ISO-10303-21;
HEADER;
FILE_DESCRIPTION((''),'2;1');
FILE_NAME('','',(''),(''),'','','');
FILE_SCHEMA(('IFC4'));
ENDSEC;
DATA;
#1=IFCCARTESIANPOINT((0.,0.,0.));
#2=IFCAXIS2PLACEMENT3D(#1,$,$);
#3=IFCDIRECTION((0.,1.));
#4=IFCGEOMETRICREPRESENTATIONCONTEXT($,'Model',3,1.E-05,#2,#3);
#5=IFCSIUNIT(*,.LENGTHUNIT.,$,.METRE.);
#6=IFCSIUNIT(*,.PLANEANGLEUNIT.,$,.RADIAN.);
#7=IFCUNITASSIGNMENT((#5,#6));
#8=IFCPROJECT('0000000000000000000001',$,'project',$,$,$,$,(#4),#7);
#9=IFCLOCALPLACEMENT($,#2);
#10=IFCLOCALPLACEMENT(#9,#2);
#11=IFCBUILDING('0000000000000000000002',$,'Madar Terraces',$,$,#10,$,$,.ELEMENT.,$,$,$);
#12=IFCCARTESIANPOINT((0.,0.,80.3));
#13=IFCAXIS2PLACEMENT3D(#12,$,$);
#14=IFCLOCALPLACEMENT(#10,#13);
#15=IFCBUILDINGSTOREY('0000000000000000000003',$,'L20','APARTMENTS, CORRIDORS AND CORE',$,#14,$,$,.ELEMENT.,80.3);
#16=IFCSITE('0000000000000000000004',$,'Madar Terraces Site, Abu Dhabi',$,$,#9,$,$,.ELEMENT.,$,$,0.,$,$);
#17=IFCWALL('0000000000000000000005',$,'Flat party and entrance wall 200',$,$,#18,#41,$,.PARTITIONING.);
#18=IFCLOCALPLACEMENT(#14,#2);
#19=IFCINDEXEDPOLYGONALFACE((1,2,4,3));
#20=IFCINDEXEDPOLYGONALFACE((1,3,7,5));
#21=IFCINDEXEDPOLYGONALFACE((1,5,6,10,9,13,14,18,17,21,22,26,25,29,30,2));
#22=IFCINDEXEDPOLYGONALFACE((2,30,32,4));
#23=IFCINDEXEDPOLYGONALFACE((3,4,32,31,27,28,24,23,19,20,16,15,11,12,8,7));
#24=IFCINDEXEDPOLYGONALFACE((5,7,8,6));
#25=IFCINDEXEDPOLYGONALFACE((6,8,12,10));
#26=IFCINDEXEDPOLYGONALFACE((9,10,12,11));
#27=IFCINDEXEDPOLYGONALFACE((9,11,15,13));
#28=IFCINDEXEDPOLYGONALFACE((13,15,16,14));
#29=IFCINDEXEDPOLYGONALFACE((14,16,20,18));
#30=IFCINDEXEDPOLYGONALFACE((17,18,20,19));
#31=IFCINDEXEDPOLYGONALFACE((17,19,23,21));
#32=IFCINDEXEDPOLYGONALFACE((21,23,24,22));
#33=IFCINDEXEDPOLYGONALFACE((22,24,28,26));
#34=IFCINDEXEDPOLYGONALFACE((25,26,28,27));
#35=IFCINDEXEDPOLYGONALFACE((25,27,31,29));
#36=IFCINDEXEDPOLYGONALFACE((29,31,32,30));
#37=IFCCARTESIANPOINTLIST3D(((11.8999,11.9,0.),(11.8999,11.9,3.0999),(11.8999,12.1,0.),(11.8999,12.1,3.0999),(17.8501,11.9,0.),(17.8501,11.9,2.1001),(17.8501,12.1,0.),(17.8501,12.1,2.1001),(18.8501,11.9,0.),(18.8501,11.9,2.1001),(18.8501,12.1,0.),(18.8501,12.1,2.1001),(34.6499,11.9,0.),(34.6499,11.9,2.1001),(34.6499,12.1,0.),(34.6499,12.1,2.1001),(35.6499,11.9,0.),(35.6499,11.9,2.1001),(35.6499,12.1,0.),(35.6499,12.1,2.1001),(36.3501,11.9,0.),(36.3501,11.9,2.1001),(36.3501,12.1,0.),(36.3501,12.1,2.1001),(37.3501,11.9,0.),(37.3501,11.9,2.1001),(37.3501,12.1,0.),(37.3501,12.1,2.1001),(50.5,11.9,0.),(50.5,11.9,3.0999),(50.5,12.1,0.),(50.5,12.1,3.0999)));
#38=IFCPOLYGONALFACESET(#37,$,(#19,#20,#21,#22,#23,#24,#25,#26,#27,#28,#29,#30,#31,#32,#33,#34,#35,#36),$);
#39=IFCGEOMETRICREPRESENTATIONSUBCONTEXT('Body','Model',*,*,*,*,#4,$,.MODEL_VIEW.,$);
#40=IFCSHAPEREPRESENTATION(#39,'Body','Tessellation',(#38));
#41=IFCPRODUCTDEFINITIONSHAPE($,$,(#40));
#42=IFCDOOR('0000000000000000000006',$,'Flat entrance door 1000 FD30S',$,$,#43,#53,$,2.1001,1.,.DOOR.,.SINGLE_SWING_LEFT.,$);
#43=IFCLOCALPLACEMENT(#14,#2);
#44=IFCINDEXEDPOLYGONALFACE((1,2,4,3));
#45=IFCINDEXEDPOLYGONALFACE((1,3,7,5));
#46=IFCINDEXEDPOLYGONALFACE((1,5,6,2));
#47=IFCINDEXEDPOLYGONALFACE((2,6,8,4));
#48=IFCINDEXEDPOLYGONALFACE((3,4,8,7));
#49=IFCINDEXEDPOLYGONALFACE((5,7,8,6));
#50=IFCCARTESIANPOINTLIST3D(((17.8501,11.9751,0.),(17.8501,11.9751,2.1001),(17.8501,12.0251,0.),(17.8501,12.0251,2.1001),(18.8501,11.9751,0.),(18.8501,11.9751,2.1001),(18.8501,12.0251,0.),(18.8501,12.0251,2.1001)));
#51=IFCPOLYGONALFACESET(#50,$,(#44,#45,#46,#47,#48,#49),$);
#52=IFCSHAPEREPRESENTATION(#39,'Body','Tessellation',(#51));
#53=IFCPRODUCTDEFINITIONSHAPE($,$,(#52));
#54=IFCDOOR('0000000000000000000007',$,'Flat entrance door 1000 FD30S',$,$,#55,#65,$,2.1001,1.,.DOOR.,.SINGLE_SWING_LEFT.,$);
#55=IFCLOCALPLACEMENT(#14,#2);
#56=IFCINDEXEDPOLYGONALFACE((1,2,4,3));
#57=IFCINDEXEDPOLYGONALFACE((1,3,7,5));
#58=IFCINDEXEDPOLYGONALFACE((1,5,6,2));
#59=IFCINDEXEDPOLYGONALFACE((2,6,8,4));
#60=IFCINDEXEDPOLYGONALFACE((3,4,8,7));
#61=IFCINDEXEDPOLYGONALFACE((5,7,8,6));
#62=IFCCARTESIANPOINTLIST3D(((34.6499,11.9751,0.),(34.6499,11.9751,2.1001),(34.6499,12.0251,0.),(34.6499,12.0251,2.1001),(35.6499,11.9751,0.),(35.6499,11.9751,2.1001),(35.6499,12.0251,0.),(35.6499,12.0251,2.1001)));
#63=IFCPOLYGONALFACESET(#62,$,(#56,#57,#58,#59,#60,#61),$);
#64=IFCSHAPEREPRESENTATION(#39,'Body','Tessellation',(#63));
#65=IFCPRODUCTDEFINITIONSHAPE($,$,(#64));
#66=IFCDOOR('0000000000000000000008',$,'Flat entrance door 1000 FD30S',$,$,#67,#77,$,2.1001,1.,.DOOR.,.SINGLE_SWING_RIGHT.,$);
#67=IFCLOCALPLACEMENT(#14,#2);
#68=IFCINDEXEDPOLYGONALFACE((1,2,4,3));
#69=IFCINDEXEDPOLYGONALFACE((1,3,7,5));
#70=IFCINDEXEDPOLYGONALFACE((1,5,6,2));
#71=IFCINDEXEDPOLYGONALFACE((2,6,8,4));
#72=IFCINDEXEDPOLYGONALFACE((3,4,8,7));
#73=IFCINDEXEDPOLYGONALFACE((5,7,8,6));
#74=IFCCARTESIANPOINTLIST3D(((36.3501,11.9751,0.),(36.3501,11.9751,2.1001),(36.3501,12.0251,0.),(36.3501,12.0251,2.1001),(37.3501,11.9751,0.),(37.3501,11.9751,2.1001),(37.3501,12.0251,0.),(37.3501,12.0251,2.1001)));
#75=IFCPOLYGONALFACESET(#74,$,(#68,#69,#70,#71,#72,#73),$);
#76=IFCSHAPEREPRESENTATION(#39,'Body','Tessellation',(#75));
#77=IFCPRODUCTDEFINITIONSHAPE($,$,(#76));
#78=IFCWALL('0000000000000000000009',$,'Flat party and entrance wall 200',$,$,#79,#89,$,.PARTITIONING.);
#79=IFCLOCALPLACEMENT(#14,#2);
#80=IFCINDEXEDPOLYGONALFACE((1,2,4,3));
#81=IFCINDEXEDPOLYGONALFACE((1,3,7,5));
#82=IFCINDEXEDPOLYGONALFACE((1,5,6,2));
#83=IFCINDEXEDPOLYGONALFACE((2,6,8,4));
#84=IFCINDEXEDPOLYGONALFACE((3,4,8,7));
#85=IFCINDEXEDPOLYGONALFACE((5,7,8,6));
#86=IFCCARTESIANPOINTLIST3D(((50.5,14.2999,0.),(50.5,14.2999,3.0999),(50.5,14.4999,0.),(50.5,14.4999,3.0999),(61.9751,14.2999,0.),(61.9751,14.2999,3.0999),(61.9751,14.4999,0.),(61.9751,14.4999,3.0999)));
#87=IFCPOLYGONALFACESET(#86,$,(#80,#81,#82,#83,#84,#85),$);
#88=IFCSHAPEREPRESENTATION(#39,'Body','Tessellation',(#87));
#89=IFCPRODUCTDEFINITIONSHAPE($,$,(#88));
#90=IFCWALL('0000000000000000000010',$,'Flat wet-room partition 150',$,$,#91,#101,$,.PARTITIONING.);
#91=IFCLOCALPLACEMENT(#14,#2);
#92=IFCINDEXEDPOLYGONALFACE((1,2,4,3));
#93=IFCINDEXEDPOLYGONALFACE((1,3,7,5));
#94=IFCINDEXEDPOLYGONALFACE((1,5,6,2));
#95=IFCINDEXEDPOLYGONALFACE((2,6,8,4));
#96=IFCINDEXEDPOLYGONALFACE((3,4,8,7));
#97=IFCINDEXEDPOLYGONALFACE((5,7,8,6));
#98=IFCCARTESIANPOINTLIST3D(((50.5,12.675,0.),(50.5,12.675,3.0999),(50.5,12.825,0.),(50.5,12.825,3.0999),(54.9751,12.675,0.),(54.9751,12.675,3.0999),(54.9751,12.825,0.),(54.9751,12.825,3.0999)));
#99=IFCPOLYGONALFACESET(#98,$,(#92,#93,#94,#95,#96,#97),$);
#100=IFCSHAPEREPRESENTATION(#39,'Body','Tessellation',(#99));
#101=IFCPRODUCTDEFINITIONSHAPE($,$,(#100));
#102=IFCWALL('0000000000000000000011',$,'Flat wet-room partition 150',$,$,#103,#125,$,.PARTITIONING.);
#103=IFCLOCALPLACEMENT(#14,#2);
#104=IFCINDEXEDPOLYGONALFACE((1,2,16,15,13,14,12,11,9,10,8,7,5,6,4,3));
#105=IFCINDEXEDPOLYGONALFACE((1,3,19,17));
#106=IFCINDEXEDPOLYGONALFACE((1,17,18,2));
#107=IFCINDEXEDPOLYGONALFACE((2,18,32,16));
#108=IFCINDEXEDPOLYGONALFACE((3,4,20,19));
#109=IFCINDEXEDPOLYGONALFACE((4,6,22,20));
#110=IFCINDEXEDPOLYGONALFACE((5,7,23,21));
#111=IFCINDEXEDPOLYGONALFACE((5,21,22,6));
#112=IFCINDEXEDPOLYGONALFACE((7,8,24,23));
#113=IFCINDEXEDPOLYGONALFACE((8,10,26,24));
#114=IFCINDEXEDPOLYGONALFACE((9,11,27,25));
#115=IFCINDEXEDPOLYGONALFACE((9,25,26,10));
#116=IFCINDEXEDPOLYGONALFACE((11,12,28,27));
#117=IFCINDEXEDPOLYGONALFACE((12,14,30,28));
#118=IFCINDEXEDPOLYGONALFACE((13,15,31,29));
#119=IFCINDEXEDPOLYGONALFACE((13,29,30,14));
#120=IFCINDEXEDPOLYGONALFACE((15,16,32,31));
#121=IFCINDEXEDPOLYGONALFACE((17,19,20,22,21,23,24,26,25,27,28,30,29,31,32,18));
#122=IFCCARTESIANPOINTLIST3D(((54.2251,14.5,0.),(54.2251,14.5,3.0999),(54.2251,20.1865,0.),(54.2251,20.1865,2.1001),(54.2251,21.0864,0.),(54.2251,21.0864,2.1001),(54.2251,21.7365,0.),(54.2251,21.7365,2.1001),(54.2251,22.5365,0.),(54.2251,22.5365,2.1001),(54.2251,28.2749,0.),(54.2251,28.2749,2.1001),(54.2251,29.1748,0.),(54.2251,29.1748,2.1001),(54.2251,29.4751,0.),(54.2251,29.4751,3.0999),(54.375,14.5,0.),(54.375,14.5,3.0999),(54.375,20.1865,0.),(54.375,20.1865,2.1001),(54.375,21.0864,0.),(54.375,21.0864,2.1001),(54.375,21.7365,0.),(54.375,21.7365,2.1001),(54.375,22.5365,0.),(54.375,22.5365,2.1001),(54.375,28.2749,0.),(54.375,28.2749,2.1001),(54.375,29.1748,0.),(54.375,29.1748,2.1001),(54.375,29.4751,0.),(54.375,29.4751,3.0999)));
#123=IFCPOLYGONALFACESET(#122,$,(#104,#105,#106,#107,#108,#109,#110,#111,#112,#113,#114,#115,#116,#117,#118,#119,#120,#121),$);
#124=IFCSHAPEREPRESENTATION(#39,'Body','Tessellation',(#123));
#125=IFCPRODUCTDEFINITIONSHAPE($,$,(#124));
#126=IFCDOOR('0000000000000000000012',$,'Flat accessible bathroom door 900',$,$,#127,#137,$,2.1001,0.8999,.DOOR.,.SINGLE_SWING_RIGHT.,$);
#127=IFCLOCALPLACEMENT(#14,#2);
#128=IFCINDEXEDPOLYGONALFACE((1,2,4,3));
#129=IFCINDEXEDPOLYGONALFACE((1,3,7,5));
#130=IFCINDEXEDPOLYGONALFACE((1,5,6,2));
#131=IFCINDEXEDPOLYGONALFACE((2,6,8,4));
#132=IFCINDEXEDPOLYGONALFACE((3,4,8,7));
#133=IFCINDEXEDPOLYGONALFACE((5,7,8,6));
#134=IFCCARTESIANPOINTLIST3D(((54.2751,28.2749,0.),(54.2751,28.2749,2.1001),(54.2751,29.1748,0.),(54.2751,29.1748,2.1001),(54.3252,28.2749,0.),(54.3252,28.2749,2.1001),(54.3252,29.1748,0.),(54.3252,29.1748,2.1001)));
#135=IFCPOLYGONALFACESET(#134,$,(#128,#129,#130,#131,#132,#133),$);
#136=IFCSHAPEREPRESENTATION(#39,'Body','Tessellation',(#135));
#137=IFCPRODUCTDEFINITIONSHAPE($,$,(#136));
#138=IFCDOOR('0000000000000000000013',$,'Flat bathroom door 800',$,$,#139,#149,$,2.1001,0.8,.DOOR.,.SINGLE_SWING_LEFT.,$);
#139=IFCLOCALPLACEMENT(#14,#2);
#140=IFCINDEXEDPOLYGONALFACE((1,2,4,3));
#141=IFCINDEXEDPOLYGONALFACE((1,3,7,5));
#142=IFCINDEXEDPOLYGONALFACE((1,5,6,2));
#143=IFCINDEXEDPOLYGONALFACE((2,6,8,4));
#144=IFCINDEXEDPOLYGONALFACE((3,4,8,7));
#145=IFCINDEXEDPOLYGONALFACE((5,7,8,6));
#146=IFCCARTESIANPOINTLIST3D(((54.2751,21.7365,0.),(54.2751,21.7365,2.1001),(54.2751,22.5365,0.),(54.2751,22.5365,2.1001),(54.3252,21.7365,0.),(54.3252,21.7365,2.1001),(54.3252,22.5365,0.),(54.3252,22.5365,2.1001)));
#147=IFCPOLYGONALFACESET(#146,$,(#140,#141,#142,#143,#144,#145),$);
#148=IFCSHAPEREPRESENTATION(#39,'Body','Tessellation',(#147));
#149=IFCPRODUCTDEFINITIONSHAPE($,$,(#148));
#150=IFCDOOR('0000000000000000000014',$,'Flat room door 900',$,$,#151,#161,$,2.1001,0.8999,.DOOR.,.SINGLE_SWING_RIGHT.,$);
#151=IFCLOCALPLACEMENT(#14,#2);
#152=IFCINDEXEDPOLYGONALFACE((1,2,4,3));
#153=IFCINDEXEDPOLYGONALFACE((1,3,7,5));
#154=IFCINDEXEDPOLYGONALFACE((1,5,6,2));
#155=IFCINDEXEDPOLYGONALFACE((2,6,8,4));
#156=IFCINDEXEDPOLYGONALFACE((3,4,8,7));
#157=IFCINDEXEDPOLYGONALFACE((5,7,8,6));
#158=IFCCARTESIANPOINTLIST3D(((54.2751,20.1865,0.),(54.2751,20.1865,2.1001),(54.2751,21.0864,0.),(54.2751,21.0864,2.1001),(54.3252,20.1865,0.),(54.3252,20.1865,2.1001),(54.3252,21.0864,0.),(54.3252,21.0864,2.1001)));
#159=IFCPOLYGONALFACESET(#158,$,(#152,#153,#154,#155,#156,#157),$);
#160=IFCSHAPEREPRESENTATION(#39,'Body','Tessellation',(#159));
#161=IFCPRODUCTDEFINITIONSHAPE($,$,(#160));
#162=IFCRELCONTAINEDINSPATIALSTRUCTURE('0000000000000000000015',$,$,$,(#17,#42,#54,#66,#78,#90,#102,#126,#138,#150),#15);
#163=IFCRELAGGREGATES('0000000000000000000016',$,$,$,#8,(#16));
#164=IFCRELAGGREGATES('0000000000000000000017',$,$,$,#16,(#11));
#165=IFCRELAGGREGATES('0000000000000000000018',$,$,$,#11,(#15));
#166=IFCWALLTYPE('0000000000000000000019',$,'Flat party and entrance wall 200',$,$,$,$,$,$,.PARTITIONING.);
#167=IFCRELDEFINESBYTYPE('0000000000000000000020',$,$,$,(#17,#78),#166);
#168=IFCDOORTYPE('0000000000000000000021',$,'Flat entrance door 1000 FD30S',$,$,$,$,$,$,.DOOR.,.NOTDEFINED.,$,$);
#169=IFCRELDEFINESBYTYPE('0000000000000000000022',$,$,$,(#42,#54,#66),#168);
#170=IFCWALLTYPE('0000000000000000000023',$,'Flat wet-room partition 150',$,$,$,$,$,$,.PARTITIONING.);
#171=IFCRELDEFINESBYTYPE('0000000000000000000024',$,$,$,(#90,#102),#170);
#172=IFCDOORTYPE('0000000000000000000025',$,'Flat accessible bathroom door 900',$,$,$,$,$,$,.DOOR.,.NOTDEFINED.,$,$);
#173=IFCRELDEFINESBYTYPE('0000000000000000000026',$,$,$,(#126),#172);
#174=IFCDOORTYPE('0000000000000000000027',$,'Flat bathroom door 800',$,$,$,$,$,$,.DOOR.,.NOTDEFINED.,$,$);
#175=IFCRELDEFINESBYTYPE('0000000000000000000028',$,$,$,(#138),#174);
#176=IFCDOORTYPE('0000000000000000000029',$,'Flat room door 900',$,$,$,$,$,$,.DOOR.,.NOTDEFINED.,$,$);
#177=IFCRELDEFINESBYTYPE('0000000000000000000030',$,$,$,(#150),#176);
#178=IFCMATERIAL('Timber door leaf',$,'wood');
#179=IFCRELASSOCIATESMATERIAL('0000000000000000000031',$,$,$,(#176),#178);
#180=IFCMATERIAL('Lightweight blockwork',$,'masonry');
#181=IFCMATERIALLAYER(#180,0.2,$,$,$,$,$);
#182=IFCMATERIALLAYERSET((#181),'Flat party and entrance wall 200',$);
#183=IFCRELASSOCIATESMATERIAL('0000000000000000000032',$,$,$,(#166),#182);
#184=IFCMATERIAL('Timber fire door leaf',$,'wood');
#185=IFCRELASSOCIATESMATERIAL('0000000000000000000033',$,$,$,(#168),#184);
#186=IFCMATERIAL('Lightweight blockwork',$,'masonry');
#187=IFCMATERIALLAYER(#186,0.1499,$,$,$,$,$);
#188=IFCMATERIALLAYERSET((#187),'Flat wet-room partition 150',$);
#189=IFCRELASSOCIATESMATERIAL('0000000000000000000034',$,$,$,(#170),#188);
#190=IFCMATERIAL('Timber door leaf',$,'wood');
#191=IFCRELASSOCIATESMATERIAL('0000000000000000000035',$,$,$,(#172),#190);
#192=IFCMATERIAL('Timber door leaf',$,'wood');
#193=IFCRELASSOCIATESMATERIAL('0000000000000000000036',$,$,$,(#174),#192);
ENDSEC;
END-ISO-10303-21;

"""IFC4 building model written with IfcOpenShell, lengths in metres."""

from ifc_helpers import new_model, si_unit, direction, frame, frame_2d, origin, place, context, subcontext, project, spatial, rectangle, extrude, material, layer, layer_set, type_object, element, fill, save


model = new_model("IFC4")

# Units and contexts
model_context = context("Model", 3, precision=1e-05, world=origin(), true_north=direction((0.0, 1.0)))
body_context = subcontext(model_context, "Body", "Model", "MODEL_VIEW")
ifc_project = project(units=[si_unit("LENGTHUNIT", "METRE"), si_unit("PLANEANGLEUNIT", "RADIAN")], contexts=[model_context])

# Site, building, storey
site_placement = place(None, origin())
site = spatial("IfcSite", under=ifc_project, at=site_placement, Name="Madar Terraces Site, Abu Dhabi", CompositionType="ELEMENT", RefElevation=0.0)
building_placement = place(site_placement, origin())
building = spatial("IfcBuilding", under=site, at=building_placement, Name="Madar Terraces", CompositionType="ELEMENT")
storey_placement = place(building_placement, frame((0.0, 0.0, 80.3)))
storey = spatial("IfcBuildingStorey", under=building, at=storey_placement, Name="L20", Description="APARTMENTS, CORRIDORS AND CORE", CompositionType="ELEMENT", Elevation=80.3)

# Wall, openings, doors
ifc_material_1 = material(Name="Timber door leaf", Category="wood")
door_type_1 = type_object("IfcDoorType", Name="Flat room door 900", OperationType="NOTDEFINED", PredefinedType="DOOR", material=ifc_material_1)
ifc_material_2 = material(Name="Lightweight blockwork", Category="masonry")
ifc_layer_1 = layer(ifc_material_2, 0.2)
ifc_layer_set_1 = layer_set([ifc_layer_1], Name="Flat party and entrance wall 200")
wall_type_1 = type_object("IfcWallType", Name="Flat party and entrance wall 200", PredefinedType="PARTITIONING", material=ifc_layer_set_1)
wall_1_placement = place(storey_placement, frame((50.5, 12.0, 0.0), z_axis=(0.0, 0.0, 1.0), x_axis=(-1.0, 0.0, 0.0)))
wall_1 = element("IfcWall", 1, at=wall_1_placement, inside=storey, type_object=wall_type_1, Name="Flat party and entrance wall 200", PredefinedType="PARTITIONING", context=body_context, shape_type="SweptSolid", body=[
    extrude(rectangle(XDim=38.6001, YDim=0.2, at=frame_2d((19.3, 0.0))), origin(), (0.0, 0.0, 1.0), 3.0999),
])
opening_1_placement = place(wall_1_placement, frame((31.6499, 0.0, 0.0)))
opening_1 = element("IfcOpeningElement", 2, at=opening_1_placement, cuts=wall_1, PredefinedType="OPENING", context=body_context, shape_type="SweptSolid", body=[
    extrude(rectangle(XDim=1.0, YDim=2.1001, at=frame_2d((0.5, 1.05))), frame((0.0, 0.1099, 0.0), z_axis=(0.0, -1.0, 0.0), x_axis=(1.0, 0.0, 0.0)), (0.0, 0.0, 1.0), 0.22),
])
opening_2_placement = place(wall_1_placement, frame((14.8501, 0.0, 0.0)))
opening_2 = element("IfcOpeningElement", 3, at=opening_2_placement, cuts=wall_1, PredefinedType="OPENING", context=body_context, shape_type="SweptSolid", body=[
    extrude(rectangle(XDim=1.0, YDim=2.1001, at=frame_2d((0.5, 1.05))), frame((0.0, 0.1099, 0.0), z_axis=(0.0, -1.0, 0.0), x_axis=(1.0, 0.0, 0.0)), (0.0, 0.0, 1.0), 0.22),
])
opening_3_placement = place(wall_1_placement, frame((13.1499, 0.0, 0.0)))
opening_3 = element("IfcOpeningElement", 4, at=opening_3_placement, cuts=wall_1, PredefinedType="OPENING", context=body_context, shape_type="SweptSolid", body=[
    extrude(rectangle(XDim=1.0, YDim=2.1001, at=frame_2d((0.5, 1.05))), frame((0.0, 0.1099, 0.0), z_axis=(0.0, -1.0, 0.0), x_axis=(1.0, 0.0, 0.0)), (0.0, 0.0, 1.0), 0.22),
])
ifc_material_3 = material(Name="Timber fire door leaf", Category="wood")
door_type_2 = type_object("IfcDoorType", Name="Flat entrance door 1000 FD30S", OperationType="NOTDEFINED", PredefinedType="DOOR", material=ifc_material_3)
door_1_placement = place(opening_1_placement, origin())
door_1 = element("IfcDoor", 5, at=door_1_placement, inside=storey, type_object=door_type_2, Name="Flat entrance door 1000 FD30S", OperationType="SINGLE_SWING_LEFT", OverallHeight=2.1001, OverallWidth=1.0, PredefinedType="DOOR", context=body_context, shape_type="SweptSolid", body=[
    extrude(rectangle(XDim=1.0, YDim=2.1001, at=frame_2d((0.5, 1.05))), frame((0.0, 0.0249, 0.0), z_axis=(0.0, -1.0, 0.0), x_axis=(1.0, 0.0, 0.0)), (0.0, 0.0, 1.0), 0.05),
])
fill(opening_1, door_1)
door_2_placement = place(opening_2_placement, origin())
door_2 = element("IfcDoor", 6, at=door_2_placement, inside=storey, type_object=door_type_2, Name="Flat entrance door 1000 FD30S", OperationType="SINGLE_SWING_LEFT", OverallHeight=2.1001, OverallWidth=1.0, PredefinedType="DOOR", context=body_context, shape_type="SweptSolid", body=[
    extrude(rectangle(XDim=1.0, YDim=2.1001, at=frame_2d((0.5, 1.05))), frame((0.0, 0.0249, 0.0), z_axis=(0.0, -1.0, 0.0), x_axis=(1.0, 0.0, 0.0)), (0.0, 0.0, 1.0), 0.05),
])
fill(opening_2, door_2)
door_3_placement = place(opening_3_placement, origin())
door_3 = element("IfcDoor", 7, at=door_3_placement, inside=storey, type_object=door_type_2, Name="Flat entrance door 1000 FD30S", OperationType="SINGLE_SWING_RIGHT", OverallHeight=2.1001, OverallWidth=1.0, PredefinedType="DOOR", context=body_context, shape_type="SweptSolid", body=[
    extrude(rectangle(XDim=1.0, YDim=2.1001, at=frame_2d((0.5, 1.05))), frame((0.0, 0.0249, 0.0), z_axis=(0.0, -1.0, 0.0), x_axis=(1.0, 0.0, 0.0)), (0.0, 0.0, 1.0), 0.05),
])
fill(opening_3, door_3)

# Walls
wall_2_placement = place(storey_placement, frame((50.5, 14.3999, 0.0), z_axis=(0.0, 0.0, 1.0), x_axis=(1.0, 0.0, 0.0)))
element("IfcWall", 8, at=wall_2_placement, inside=storey, type_object=wall_type_1, Name="Flat party and entrance wall 200", PredefinedType="PARTITIONING", context=body_context, shape_type="SweptSolid", body=[
    extrude(rectangle(XDim=11.4751, YDim=0.2, at=frame_2d((5.7375, 0.0))), origin(), (0.0, 0.0, 1.0), 3.0999),
])
ifc_material_4 = material(Name="Lightweight blockwork", Category="masonry")
ifc_layer_2 = layer(ifc_material_4, 0.1499)
ifc_layer_set_2 = layer_set([ifc_layer_2], Name="Flat wet-room partition 150")
wall_type_2 = type_object("IfcWallType", Name="Flat wet-room partition 150", PredefinedType="PARTITIONING", material=ifc_layer_set_2)
wall_3_placement = place(storey_placement, frame((50.5, 12.75, 0.0), z_axis=(0.0, 0.0, 1.0), x_axis=(1.0, 0.0, 0.0)))
element("IfcWall", 9, at=wall_3_placement, inside=storey, type_object=wall_type_2, Name="Flat wet-room partition 150", PredefinedType="PARTITIONING", context=body_context, shape_type="SweptSolid", body=[
    extrude(rectangle(XDim=4.4751, YDim=0.1499, at=frame_2d((2.2375, 0.0))), origin(), (0.0, 0.0, 1.0), 3.0999),
])

# Wall, openings, doors
wall_4_placement = place(storey_placement, frame((54.3, 14.5, 0.0), z_axis=(0.0, 0.0, 1.0), x_axis=(0.0, 1.0, 0.0)))
wall_4 = element("IfcWall", 10, at=wall_4_placement, inside=storey, type_object=wall_type_2, Name="Flat wet-room partition 150", PredefinedType="PARTITIONING", context=body_context, shape_type="SweptSolid", body=[
    extrude(rectangle(XDim=14.9751, YDim=0.1499, at=frame_2d((7.4875, 0.0))), origin(), (0.0, 0.0, 1.0), 3.0999),
])
opening_4_placement = place(wall_4_placement, frame((13.7749, 0.0, 0.0)))
opening_4 = element("IfcOpeningElement", 11, at=opening_4_placement, cuts=wall_4, PredefinedType="OPENING", context=body_context, shape_type="SweptSolid", body=[
    extrude(rectangle(XDim=0.8999, YDim=2.1001, at=frame_2d((0.45, 1.05))), frame((0.0, 0.085, 0.0), z_axis=(0.0, -1.0, 0.0), x_axis=(1.0, 0.0, 0.0)), (0.0, 0.0, 1.0), 0.1699),
])
opening_5_placement = place(wall_4_placement, frame((7.2366, 0.0, 0.0)))
opening_5 = element("IfcOpeningElement", 12, at=opening_5_placement, cuts=wall_4, PredefinedType="OPENING", context=body_context, shape_type="SweptSolid", body=[
    extrude(rectangle(XDim=0.8, YDim=2.1001, at=frame_2d((0.3999, 1.05))), frame((0.0, 0.085, 0.0), z_axis=(0.0, -1.0, 0.0), x_axis=(1.0, 0.0, 0.0)), (0.0, 0.0, 1.0), 0.1699),
])
opening_6_placement = place(wall_4_placement, frame((5.6865, 0.0, 0.0)))
opening_6 = element("IfcOpeningElement", 13, at=opening_6_placement, cuts=wall_4, PredefinedType="OPENING", context=body_context, shape_type="SweptSolid", body=[
    extrude(rectangle(XDim=0.8999, YDim=2.1001, at=frame_2d((0.45, 1.05))), frame((0.0, 0.085, 0.0), z_axis=(0.0, -1.0, 0.0), x_axis=(1.0, 0.0, 0.0)), (0.0, 0.0, 1.0), 0.1699),
])
ifc_material_5 = material(Name="Timber door leaf", Category="wood")
door_type_3 = type_object("IfcDoorType", Name="Flat accessible bathroom door 900", OperationType="NOTDEFINED", PredefinedType="DOOR", material=ifc_material_5)
door_4_placement = place(opening_4_placement, origin())
door_4 = element("IfcDoor", 14, at=door_4_placement, inside=storey, type_object=door_type_3, Name="Flat accessible bathroom door 900", OperationType="SINGLE_SWING_RIGHT", OverallHeight=2.1001, OverallWidth=0.8999, PredefinedType="DOOR", context=body_context, shape_type="SweptSolid", body=[
    extrude(rectangle(XDim=0.8999, YDim=2.1001, at=frame_2d((0.45, 1.05))), frame((0.0, 0.0249, 0.0), z_axis=(0.0, -1.0, 0.0), x_axis=(1.0, 0.0, 0.0)), (0.0, 0.0, 1.0), 0.05),
])
fill(opening_4, door_4)
ifc_material_6 = material(Name="Timber door leaf", Category="wood")
door_type_4 = type_object("IfcDoorType", Name="Flat bathroom door 800", OperationType="NOTDEFINED", PredefinedType="DOOR", material=ifc_material_6)
door_5_placement = place(opening_5_placement, origin())
door_5 = element("IfcDoor", 15, at=door_5_placement, inside=storey, type_object=door_type_4, Name="Flat bathroom door 800", OperationType="SINGLE_SWING_LEFT", OverallHeight=2.1001, OverallWidth=0.8, PredefinedType="DOOR", context=body_context, shape_type="SweptSolid", body=[
    extrude(rectangle(XDim=0.8, YDim=2.1001, at=frame_2d((0.3999, 1.05))), frame((0.0, 0.0249, 0.0), z_axis=(0.0, -1.0, 0.0), x_axis=(1.0, 0.0, 0.0)), (0.0, 0.0, 1.0), 0.05),
])
fill(opening_5, door_5)
door_6_placement = place(opening_6_placement, origin())
door_6 = element("IfcDoor", 16, at=door_6_placement, inside=storey, type_object=door_type_1, Name="Flat room door 900", OperationType="SINGLE_SWING_RIGHT", OverallHeight=2.1001, OverallWidth=0.8999, PredefinedType="DOOR", context=body_context, shape_type="SweptSolid", body=[
    extrude(rectangle(XDim=0.8999, YDim=2.1001, at=frame_2d((0.45, 1.05))), frame((0.0, 0.0249, 0.0), z_axis=(0.0, -1.0, 0.0), x_axis=(1.0, 0.0, 0.0)), (0.0, 0.0, 1.0), 0.05),
])
fill(opening_6, door_6)

save(model, "model.ifc")
